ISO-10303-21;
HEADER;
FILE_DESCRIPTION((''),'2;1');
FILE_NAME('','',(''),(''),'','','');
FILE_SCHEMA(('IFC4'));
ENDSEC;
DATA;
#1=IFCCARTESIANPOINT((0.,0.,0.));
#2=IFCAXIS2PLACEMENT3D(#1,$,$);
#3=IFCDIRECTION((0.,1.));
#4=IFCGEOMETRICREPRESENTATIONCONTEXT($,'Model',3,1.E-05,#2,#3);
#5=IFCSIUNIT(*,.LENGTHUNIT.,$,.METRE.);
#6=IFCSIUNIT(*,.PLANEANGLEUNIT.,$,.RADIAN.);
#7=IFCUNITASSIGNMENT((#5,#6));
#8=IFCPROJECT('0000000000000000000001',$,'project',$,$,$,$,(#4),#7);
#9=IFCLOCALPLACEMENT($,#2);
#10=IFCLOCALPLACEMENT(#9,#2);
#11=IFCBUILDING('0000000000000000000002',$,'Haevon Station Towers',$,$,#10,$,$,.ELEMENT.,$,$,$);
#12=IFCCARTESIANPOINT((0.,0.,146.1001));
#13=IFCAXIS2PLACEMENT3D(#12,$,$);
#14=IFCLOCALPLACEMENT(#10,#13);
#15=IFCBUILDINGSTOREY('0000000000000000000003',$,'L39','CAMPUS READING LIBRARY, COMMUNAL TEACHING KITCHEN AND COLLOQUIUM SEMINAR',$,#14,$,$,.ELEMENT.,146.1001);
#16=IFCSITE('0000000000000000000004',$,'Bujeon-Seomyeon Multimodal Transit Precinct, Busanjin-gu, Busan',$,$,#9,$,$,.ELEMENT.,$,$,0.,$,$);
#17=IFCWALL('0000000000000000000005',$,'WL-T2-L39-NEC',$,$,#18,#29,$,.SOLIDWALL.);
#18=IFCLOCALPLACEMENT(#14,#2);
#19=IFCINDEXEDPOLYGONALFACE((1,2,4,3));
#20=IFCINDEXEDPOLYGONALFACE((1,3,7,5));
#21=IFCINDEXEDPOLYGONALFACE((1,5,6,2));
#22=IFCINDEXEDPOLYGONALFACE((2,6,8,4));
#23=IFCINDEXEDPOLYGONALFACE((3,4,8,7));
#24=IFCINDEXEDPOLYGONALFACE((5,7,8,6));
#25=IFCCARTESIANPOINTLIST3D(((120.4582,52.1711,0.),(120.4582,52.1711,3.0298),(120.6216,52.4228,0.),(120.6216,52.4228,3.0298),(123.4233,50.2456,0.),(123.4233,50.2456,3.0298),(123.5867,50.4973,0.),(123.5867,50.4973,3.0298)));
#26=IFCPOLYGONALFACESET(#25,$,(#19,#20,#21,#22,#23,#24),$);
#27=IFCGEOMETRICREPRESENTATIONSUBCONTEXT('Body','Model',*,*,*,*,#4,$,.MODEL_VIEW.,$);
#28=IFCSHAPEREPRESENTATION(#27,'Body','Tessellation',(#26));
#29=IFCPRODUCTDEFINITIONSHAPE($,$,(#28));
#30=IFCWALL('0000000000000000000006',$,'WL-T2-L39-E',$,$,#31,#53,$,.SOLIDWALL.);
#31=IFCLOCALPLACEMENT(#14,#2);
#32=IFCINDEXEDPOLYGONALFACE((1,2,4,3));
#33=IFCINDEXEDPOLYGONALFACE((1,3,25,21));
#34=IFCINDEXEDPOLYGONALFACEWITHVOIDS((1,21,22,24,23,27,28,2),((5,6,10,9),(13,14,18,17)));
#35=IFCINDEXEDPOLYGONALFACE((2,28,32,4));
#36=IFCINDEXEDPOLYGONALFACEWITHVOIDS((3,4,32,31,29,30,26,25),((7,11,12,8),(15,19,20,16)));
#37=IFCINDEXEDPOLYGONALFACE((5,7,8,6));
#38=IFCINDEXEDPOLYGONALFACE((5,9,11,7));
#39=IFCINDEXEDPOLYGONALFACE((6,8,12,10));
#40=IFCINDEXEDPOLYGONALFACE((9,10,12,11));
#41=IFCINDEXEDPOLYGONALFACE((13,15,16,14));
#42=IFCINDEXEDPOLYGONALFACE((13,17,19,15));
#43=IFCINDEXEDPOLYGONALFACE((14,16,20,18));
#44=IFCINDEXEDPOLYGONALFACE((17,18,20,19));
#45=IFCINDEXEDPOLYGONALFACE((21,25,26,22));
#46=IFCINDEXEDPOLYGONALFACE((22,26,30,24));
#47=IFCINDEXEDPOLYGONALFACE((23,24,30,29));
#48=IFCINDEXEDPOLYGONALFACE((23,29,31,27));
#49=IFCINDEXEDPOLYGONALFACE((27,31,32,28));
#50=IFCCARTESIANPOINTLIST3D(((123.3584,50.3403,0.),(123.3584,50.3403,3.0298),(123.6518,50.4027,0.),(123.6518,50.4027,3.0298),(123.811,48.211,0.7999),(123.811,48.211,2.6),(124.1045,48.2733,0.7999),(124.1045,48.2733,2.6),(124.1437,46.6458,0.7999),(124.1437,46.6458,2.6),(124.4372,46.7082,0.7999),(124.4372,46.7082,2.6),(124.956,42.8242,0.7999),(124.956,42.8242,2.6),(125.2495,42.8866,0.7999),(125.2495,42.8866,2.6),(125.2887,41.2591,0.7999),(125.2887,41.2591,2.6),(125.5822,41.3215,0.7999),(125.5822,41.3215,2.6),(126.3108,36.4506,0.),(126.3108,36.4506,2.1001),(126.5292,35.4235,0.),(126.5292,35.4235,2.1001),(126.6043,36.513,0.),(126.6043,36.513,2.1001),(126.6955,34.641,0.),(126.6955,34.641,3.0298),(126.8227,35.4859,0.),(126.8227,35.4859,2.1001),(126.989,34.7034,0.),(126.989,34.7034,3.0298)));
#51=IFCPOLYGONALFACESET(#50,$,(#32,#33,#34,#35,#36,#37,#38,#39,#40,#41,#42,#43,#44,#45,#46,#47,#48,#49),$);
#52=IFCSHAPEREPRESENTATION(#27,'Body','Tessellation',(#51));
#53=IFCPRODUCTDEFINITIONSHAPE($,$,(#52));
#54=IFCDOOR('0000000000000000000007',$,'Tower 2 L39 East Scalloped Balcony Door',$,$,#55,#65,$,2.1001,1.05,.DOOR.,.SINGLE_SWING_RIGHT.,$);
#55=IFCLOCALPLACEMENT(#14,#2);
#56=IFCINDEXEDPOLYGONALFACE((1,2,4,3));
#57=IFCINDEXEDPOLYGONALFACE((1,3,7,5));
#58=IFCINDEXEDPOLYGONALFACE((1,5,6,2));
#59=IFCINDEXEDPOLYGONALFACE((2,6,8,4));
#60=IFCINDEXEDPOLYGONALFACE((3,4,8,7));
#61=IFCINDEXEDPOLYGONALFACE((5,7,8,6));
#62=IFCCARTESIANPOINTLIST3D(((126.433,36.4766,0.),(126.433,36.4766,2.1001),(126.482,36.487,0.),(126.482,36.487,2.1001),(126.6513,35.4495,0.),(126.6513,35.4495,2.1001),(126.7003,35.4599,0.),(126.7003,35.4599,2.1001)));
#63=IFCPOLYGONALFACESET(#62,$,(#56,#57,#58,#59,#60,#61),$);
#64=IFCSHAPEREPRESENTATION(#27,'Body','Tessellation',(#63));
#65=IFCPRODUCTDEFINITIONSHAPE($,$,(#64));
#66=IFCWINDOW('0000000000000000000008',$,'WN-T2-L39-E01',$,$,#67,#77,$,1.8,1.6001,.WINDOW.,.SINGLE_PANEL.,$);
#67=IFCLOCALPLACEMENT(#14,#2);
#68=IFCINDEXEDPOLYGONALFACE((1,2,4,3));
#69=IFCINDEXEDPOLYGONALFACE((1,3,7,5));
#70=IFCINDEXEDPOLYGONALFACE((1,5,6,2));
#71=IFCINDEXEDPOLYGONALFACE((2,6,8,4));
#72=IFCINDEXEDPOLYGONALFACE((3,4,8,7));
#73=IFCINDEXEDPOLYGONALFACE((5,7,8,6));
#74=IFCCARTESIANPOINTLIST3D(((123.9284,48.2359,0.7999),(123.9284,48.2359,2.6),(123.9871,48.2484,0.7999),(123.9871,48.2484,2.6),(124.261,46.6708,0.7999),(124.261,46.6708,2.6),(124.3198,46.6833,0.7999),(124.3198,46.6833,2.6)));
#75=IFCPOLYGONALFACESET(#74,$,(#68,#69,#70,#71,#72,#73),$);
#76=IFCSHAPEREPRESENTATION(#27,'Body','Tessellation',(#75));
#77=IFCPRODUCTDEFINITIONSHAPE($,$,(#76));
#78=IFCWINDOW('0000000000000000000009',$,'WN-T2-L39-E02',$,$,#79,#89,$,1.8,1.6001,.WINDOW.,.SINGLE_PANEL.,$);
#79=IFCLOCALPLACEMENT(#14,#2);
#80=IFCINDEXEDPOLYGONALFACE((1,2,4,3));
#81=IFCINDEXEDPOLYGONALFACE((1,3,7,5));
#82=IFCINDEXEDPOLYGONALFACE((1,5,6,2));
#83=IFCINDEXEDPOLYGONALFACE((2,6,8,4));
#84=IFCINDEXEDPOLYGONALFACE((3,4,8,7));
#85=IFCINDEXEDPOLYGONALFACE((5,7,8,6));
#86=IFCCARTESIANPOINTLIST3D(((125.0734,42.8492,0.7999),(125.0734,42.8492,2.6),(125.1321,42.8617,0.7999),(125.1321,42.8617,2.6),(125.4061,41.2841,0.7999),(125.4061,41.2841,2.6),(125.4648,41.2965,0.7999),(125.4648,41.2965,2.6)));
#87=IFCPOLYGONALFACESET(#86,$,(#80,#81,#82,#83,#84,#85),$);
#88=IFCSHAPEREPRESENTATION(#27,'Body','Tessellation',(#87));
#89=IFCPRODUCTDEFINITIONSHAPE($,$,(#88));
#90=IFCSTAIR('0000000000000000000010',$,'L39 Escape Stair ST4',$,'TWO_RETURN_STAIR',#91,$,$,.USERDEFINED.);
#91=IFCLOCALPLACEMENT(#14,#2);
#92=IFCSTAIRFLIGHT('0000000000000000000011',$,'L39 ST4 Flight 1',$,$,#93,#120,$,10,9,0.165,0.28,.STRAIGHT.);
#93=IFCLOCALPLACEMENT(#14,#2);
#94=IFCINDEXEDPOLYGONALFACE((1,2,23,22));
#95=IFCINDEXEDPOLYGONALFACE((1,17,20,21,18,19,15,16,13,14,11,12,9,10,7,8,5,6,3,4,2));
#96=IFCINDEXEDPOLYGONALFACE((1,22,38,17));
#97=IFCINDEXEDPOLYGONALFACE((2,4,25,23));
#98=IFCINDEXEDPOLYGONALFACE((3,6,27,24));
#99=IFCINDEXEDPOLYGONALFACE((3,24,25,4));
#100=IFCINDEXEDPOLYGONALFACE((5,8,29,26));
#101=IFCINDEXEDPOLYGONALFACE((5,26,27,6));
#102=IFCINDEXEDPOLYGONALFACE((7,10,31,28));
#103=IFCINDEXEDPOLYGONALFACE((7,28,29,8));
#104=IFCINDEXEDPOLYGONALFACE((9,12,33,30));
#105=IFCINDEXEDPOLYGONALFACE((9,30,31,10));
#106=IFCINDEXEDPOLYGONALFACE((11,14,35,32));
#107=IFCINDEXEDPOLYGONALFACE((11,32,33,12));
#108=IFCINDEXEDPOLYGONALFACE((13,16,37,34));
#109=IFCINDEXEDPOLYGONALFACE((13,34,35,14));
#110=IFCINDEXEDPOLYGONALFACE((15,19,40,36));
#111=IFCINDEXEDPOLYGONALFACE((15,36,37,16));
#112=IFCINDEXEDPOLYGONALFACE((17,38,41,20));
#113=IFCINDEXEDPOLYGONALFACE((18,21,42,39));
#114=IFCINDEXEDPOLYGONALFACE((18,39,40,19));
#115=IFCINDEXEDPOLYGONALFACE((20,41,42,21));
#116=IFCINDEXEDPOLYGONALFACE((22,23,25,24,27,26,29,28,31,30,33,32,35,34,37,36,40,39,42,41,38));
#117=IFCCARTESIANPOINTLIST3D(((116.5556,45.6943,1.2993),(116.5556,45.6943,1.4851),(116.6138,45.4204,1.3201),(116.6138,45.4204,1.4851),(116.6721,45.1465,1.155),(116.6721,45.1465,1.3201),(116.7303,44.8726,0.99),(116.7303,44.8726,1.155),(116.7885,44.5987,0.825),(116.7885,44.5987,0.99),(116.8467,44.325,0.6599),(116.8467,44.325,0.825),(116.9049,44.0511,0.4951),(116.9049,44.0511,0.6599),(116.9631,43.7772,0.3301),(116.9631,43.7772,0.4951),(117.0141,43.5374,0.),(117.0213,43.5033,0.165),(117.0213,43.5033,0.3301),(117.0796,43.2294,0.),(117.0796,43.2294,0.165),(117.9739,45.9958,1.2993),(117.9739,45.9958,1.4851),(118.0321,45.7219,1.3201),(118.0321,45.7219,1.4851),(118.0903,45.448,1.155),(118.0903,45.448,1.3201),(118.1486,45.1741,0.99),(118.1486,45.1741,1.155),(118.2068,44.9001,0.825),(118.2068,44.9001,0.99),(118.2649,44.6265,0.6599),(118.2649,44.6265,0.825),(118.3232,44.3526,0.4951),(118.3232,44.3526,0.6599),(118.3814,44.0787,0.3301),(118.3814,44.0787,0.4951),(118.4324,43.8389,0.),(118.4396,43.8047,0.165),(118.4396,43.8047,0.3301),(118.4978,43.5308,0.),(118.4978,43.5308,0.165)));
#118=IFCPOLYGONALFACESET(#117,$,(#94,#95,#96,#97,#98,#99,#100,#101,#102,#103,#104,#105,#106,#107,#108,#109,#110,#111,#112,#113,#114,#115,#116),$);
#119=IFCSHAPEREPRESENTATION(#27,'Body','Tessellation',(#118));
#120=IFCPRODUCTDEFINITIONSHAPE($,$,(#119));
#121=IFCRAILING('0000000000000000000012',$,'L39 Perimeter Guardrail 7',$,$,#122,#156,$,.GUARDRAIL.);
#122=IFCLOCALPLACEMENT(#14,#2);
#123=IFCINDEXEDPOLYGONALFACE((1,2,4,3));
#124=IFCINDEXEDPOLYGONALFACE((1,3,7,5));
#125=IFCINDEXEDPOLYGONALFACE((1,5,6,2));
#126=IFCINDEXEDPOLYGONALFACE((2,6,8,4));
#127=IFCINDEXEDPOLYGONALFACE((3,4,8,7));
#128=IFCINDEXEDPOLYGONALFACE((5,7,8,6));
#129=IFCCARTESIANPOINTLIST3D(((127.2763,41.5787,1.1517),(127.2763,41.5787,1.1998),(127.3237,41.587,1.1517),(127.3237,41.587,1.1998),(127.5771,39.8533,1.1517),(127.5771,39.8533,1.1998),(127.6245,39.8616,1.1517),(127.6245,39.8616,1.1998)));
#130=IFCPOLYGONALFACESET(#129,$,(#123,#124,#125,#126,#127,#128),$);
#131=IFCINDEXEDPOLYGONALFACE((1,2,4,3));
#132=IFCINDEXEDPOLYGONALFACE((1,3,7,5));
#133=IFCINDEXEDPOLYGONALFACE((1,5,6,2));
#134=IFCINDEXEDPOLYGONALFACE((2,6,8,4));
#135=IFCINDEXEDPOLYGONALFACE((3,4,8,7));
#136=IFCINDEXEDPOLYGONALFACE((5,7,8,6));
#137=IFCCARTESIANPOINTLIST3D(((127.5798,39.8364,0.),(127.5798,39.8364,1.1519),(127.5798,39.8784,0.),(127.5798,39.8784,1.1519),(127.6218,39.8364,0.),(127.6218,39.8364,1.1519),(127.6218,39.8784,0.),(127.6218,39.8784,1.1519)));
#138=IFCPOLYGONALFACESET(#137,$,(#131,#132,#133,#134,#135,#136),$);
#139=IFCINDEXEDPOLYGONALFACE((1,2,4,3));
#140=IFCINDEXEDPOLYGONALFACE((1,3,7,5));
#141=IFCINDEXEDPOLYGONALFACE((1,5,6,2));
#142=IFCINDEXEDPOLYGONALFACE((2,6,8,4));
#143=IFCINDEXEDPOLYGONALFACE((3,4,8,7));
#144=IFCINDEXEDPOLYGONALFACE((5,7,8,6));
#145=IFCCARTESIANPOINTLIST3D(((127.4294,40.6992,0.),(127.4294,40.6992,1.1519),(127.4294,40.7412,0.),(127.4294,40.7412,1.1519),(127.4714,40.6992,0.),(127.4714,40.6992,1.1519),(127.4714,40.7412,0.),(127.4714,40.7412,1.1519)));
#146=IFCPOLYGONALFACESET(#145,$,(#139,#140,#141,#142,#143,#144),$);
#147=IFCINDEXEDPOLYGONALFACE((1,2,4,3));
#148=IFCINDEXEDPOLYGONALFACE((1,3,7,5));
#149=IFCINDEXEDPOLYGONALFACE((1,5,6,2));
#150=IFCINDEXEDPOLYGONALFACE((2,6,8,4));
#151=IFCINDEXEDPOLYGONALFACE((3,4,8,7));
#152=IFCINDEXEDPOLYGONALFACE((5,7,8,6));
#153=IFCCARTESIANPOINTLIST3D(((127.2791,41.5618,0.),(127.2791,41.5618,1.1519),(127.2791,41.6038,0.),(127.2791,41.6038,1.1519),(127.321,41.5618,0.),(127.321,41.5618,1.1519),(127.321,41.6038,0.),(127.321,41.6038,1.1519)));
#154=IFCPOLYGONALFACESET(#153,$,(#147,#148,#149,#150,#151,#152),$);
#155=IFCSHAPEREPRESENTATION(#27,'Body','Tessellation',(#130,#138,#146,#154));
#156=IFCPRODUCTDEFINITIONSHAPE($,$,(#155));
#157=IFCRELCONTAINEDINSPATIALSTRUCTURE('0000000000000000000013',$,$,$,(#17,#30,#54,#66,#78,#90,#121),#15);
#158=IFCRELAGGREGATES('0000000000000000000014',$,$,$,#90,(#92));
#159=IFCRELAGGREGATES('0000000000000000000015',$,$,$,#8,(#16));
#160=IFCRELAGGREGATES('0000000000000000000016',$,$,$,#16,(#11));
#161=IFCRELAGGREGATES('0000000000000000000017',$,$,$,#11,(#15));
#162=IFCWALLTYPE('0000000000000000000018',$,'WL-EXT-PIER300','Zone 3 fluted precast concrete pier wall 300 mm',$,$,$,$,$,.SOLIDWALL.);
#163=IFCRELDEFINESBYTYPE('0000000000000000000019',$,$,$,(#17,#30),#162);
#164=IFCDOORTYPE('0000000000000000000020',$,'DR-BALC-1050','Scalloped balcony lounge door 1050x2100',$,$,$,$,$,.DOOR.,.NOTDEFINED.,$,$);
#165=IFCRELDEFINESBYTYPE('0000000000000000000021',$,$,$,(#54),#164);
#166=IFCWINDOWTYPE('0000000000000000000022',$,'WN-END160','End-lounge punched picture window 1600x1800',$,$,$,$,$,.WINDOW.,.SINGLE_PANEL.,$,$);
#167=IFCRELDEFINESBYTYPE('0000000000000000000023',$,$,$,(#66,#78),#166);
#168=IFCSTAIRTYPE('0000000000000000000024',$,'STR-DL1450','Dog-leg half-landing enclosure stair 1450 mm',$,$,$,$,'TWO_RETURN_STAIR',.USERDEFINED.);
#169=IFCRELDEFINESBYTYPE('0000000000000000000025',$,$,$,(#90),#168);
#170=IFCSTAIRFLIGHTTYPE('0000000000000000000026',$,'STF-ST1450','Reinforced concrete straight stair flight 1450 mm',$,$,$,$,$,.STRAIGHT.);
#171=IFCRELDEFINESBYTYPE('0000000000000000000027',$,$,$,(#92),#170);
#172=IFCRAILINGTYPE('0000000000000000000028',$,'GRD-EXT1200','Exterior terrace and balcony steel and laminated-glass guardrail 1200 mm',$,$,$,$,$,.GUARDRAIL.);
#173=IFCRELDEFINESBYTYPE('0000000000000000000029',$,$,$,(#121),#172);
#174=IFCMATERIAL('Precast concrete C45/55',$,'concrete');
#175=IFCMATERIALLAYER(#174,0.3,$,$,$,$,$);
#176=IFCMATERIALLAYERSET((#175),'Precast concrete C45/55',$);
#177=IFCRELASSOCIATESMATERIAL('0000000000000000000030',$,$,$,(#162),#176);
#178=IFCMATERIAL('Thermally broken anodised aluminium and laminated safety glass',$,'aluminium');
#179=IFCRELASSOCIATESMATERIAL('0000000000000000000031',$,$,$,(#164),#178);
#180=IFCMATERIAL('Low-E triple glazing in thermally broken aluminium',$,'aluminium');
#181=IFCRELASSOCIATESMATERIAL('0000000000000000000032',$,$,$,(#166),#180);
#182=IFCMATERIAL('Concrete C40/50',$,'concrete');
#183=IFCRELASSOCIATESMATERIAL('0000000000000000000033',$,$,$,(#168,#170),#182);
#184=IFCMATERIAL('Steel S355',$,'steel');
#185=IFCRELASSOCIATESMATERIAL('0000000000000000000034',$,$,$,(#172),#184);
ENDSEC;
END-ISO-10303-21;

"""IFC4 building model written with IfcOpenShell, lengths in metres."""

from ifc_helpers import new_model, si_unit, direction, frame, frame_2d, origin, origin_2d, place, context, subcontext, project, spatial, polyline, rectangle, outline, extrude, material, layer, layer_set, type_object, element, fill, aggregate, save


model = new_model("IFC4")

# Units and contexts
model_context = context("Model", 3, precision=1e-05, world=origin(), true_north=direction((0.0, 1.0)))
body_context = subcontext(model_context, "Body", "Model", "MODEL_VIEW")
ifc_project = project(units=[si_unit("LENGTHUNIT", "METRE"), si_unit("PLANEANGLEUNIT", "RADIAN")], contexts=[model_context])

# Site, building, storey
site_placement = place(None, origin())
site = spatial("IfcSite", under=ifc_project, at=site_placement, Name="Bujeon-Seomyeon Multimodal Transit Precinct, Busanjin-gu, Busan", CompositionType="ELEMENT", RefElevation=0.0)
building_placement = place(site_placement, origin())
building = spatial("IfcBuilding", under=site, at=building_placement, Name="Haevon Station Towers", CompositionType="ELEMENT")
storey_placement = place(building_placement, frame((0.0, 0.0, 146.1001)))
storey = spatial("IfcBuildingStorey", under=building, at=storey_placement, Name="L39", Description="CAMPUS READING LIBRARY, COMMUNAL TEACHING KITCHEN AND COLLOQUIUM SEMINAR", CompositionType="ELEMENT", Elevation=146.1001)

# Shared definitions
ifc_material_1 = material(Name="Steel S355", Category="steel")

# Wall
ifc_material_2 = material(Name="Precast concrete C45/55", Category="concrete")
ifc_layer_1 = layer(ifc_material_2, 0.3)
ifc_layer_set_1 = layer_set([ifc_layer_1], Name="Precast concrete C45/55")
wall_type_1 = type_object("IfcWallType", Name="WL-EXT-PIER300", Description="Zone 3 fluted precast concrete pier wall 300 mm", PredefinedType="SOLIDWALL", material=ifc_layer_set_1)
wall_1_placement = place(storey_placement, frame((120.54, 52.2969, 0.0), z_axis=(0.0, 0.0, 1.0), x_axis=(0.838672, -0.544636, 0.0)))
element("IfcWall", 1, at=wall_1_placement, inside=storey, type_object=wall_type_1, Name="WL-T2-L39-NEC", PredefinedType="SOLIDWALL", context=body_context, shape_type="SweptSolid", body=[
    extrude(rectangle(XDim=3.5354, YDim=0.3, at=frame_2d((1.7676, 0.0))), origin(), (0.0, 0.0, 1.0), 3.0298),
])

# Wall, openings, door, windows
wall_2_placement = place(storey_placement, frame((123.5051, 50.3713, 0.0), z_axis=(0.0, 0.0, 1.0), x_axis=(0.207923, -0.978145, 0.0)))
wall_2 = element("IfcWall", 2, at=wall_2_placement, inside=storey, type_object=wall_type_1, Name="WL-T2-L39-E", PredefinedType="SOLIDWALL", context=body_context, shape_type="SweptSolid", body=[
    extrude(rectangle(XDim=16.05, YDim=0.3, at=frame_2d((8.0249, 0.0))), origin(), (0.0, 0.0, 1.0), 3.0298),
])
opening_1_placement = place(wall_2_placement, frame((14.2, 0.0, 0.0)))
opening_1 = element("IfcOpeningElement", 3, at=opening_1_placement, cuts=wall_2, PredefinedType="OPENING", context=body_context, shape_type="SweptSolid", body=[
    extrude(rectangle(XDim=1.05, YDim=2.1001, at=frame_2d((0.5249, 1.05))), frame((0.0, 0.1599, 0.0), z_axis=(0.0, -1.0, 0.0), x_axis=(1.0, 0.0, 0.0)), (0.0, 0.0, 1.0), 0.3201),
])
opening_2_placement = place(wall_2_placement, frame((2.1768, 0.0, 0.8)))
opening_2 = element("IfcOpeningElement", 4, at=opening_2_placement, cuts=wall_2, PredefinedType="OPENING", context=body_context, shape_type="SweptSolid", body=[
    extrude(rectangle(XDim=1.6001, YDim=1.8, at=frame_2d((0.8, 0.8999))), frame((0.0, 0.1599, 0.0), z_axis=(0.0, -1.0, 0.0), x_axis=(1.0, 0.0, 0.0)), (0.0, 0.0, 1.0), 0.3201),
])
opening_3_placement = place(wall_2_placement, frame((7.6838, 0.0, 0.8)))
opening_3 = element("IfcOpeningElement", 5, at=opening_3_placement, cuts=wall_2, PredefinedType="OPENING", context=body_context, shape_type="SweptSolid", body=[
    extrude(rectangle(XDim=1.6001, YDim=1.8, at=frame_2d((0.8, 0.8999))), frame((0.0, 0.1599, 0.0), z_axis=(0.0, -1.0, 0.0), x_axis=(1.0, 0.0, 0.0)), (0.0, 0.0, 1.0), 0.3201),
])
ifc_material_3 = material(Name="Thermally broken anodised aluminium and laminated safety glass", Category="aluminium")
door_type = type_object("IfcDoorType", Name="DR-BALC-1050", Description="Scalloped balcony lounge door 1050x2100", OperationType="NOTDEFINED", PredefinedType="DOOR", material=ifc_material_3)
door_placement = place(opening_1_placement, origin())
door = element("IfcDoor", 6, at=door_placement, inside=storey, type_object=door_type, Name="Tower 2 L39 East Scalloped Balcony Door", OperationType="SINGLE_SWING_RIGHT", OverallHeight=2.1001, OverallWidth=1.05, PredefinedType="DOOR", context=body_context, shape_type="SweptSolid", body=[
    extrude(rectangle(XDim=1.05, YDim=2.1001, at=frame_2d((0.5249, 1.05))), frame((0.0, 0.0249, 0.0), z_axis=(0.0, -1.0, 0.0), x_axis=(1.0, 0.0, 0.0)), (0.0, 0.0, 1.0), 0.05),
])
fill(opening_1, door)
ifc_material_4 = material(Name="Low-E triple glazing in thermally broken aluminium", Category="aluminium")
window_type = type_object("IfcWindowType", Name="WN-END160", Description="End-lounge punched picture window 1600x1800", PartitioningType="SINGLE_PANEL", PredefinedType="WINDOW", material=ifc_material_4)
window_1_placement = place(opening_2_placement, origin())
window_1 = element("IfcWindow", 7, at=window_1_placement, inside=storey, type_object=window_type, Name="WN-T2-L39-E01", OverallHeight=1.8, OverallWidth=1.6001, PartitioningType="SINGLE_PANEL", PredefinedType="WINDOW", context=body_context, shape_type="SweptSolid", body=[
    extrude(rectangle(XDim=1.6001, YDim=1.8, at=frame_2d((0.8, 0.8999))), frame((0.0, 0.03, 0.0), z_axis=(0.0, -1.0, 0.0), x_axis=(1.0, 0.0, 0.0)), (0.0, 0.0, 1.0), 0.0601),
])
fill(opening_2, window_1)
window_2_placement = place(opening_3_placement, origin())
window_2 = element("IfcWindow", 8, at=window_2_placement, inside=storey, type_object=window_type, Name="WN-T2-L39-E02", OverallHeight=1.8, OverallWidth=1.6001, PartitioningType="SINGLE_PANEL", PredefinedType="WINDOW", context=body_context, shape_type="SweptSolid", body=[
    extrude(rectangle(XDim=1.6001, YDim=1.8, at=frame_2d((0.8, 0.8999))), frame((0.0, 0.03, 0.0), z_axis=(0.0, -1.0, 0.0), x_axis=(1.0, 0.0, 0.0)), (0.0, 0.0, 1.0), 0.0601),
])
fill(opening_3, window_2)

# Stair, stair flight
ifc_material_5 = material(Name="Concrete C40/50", Category="concrete")
stair_type = type_object("IfcStairType", Name="STR-DL1450", Description="Dog-leg half-landing enclosure stair 1450 mm", ElementType="TWO_RETURN_STAIR", PredefinedType="USERDEFINED", material=ifc_material_5)
stair_placement = place(storey_placement, origin())
stair = element("IfcStair", 9, at=stair_placement, inside=storey, type_object=stair_type, Name="L39 Escape Stair ST4", ObjectType="TWO_RETURN_STAIR", PredefinedType="USERDEFINED")
stair_flight_type = type_object("IfcStairFlightType", Name="STF-ST1450", Description="Reinforced concrete straight stair flight 1450 mm", PredefinedType="STRAIGHT", material=ifc_material_5)
stair_flight_placement = place(storey_placement, frame((117.7888, 43.3801, 0.0), z_axis=(0.0, 0.0, 1.0), x_axis=(-0.207912, 0.978148, 0.0)))
stair_flight = element("IfcStairFlight", 10, at=stair_flight_placement, type_object=stair_flight_type, Name="L39 ST4 Flight 1", NumberOfRisers=10, NumberOfTreads=9, PredefinedType="STRAIGHT", RiserHeight=0.165, TreadLength=0.28, context=body_context, shape_type="SweptSolid", body=[
    extrude(outline(polyline([(0.0, 0.0), (0.0, 0.165), (0.28, 0.165), (0.28, 0.3301), (0.5601, 0.3301), (0.5601, 0.4951), (0.8401, 0.4951), (0.8401, 0.6599), (1.1201, 0.6599), (1.1201, 0.825), (1.3999, 0.825), (1.3999, 0.99), (1.6799, 0.99), (1.6799, 1.155), (1.96, 1.155), (1.96, 1.3201), (2.24, 1.3201), (2.24, 1.4851), (2.52, 1.4851), (2.52, 1.6499), (2.52, 1.2993), (0.3149, 0.0), (0.0, 0.0)])), frame((0.0, 0.7251, 0.0), z_axis=(0.0, -1.0, 0.0), x_axis=(1.0, 0.0, 0.0)), (0.0, 0.0, 1.0), 1.45),
])
aggregate(stair, [stair_flight])

# Railing
railing_type_1 = type_object("IfcRailingType", Name="GRD-EXT1200", Description="Exterior terrace and balcony steel and laminated-glass guardrail 1200 mm", PredefinedType="GUARDRAIL", material=ifc_material_1)
railing_1_placement = place(storey_placement, frame((127.6008, 39.8574, 0.0)))
element("IfcRailing", 11, at=railing_1_placement, inside=storey, type_object=railing_type_1, Name="L39 Perimeter Guardrail 7", PredefinedType="GUARDRAIL", context=body_context, shape_type="SweptSolid", body=[
    extrude(rectangle(XDim=0.0481, YDim=0.0481, at=origin_2d()), frame((0.0, 0.0, 1.1758), z_axis=(-0.171741, 0.985142, 0.0), x_axis=(-0.985142, -0.171741, 0.0)), (0.0, 0.0, 1.0), 1.7515),
    extrude(rectangle(XDim=0.042, YDim=0.042, at=origin_2d()), origin(), (0.0, 0.0, 1.0), 1.1519),
    extrude(rectangle(XDim=0.042, YDim=0.042, at=origin_2d()), frame((-0.1504, 0.8628, 0.0)), (0.0, 0.0, 1.0), 1.1519),
    extrude(rectangle(XDim=0.042, YDim=0.042, at=origin_2d()), frame((-0.3008, 1.7253, 0.0)), (0.0, 0.0, 1.0), 1.1519),
])

save(model, "model.ifc")
